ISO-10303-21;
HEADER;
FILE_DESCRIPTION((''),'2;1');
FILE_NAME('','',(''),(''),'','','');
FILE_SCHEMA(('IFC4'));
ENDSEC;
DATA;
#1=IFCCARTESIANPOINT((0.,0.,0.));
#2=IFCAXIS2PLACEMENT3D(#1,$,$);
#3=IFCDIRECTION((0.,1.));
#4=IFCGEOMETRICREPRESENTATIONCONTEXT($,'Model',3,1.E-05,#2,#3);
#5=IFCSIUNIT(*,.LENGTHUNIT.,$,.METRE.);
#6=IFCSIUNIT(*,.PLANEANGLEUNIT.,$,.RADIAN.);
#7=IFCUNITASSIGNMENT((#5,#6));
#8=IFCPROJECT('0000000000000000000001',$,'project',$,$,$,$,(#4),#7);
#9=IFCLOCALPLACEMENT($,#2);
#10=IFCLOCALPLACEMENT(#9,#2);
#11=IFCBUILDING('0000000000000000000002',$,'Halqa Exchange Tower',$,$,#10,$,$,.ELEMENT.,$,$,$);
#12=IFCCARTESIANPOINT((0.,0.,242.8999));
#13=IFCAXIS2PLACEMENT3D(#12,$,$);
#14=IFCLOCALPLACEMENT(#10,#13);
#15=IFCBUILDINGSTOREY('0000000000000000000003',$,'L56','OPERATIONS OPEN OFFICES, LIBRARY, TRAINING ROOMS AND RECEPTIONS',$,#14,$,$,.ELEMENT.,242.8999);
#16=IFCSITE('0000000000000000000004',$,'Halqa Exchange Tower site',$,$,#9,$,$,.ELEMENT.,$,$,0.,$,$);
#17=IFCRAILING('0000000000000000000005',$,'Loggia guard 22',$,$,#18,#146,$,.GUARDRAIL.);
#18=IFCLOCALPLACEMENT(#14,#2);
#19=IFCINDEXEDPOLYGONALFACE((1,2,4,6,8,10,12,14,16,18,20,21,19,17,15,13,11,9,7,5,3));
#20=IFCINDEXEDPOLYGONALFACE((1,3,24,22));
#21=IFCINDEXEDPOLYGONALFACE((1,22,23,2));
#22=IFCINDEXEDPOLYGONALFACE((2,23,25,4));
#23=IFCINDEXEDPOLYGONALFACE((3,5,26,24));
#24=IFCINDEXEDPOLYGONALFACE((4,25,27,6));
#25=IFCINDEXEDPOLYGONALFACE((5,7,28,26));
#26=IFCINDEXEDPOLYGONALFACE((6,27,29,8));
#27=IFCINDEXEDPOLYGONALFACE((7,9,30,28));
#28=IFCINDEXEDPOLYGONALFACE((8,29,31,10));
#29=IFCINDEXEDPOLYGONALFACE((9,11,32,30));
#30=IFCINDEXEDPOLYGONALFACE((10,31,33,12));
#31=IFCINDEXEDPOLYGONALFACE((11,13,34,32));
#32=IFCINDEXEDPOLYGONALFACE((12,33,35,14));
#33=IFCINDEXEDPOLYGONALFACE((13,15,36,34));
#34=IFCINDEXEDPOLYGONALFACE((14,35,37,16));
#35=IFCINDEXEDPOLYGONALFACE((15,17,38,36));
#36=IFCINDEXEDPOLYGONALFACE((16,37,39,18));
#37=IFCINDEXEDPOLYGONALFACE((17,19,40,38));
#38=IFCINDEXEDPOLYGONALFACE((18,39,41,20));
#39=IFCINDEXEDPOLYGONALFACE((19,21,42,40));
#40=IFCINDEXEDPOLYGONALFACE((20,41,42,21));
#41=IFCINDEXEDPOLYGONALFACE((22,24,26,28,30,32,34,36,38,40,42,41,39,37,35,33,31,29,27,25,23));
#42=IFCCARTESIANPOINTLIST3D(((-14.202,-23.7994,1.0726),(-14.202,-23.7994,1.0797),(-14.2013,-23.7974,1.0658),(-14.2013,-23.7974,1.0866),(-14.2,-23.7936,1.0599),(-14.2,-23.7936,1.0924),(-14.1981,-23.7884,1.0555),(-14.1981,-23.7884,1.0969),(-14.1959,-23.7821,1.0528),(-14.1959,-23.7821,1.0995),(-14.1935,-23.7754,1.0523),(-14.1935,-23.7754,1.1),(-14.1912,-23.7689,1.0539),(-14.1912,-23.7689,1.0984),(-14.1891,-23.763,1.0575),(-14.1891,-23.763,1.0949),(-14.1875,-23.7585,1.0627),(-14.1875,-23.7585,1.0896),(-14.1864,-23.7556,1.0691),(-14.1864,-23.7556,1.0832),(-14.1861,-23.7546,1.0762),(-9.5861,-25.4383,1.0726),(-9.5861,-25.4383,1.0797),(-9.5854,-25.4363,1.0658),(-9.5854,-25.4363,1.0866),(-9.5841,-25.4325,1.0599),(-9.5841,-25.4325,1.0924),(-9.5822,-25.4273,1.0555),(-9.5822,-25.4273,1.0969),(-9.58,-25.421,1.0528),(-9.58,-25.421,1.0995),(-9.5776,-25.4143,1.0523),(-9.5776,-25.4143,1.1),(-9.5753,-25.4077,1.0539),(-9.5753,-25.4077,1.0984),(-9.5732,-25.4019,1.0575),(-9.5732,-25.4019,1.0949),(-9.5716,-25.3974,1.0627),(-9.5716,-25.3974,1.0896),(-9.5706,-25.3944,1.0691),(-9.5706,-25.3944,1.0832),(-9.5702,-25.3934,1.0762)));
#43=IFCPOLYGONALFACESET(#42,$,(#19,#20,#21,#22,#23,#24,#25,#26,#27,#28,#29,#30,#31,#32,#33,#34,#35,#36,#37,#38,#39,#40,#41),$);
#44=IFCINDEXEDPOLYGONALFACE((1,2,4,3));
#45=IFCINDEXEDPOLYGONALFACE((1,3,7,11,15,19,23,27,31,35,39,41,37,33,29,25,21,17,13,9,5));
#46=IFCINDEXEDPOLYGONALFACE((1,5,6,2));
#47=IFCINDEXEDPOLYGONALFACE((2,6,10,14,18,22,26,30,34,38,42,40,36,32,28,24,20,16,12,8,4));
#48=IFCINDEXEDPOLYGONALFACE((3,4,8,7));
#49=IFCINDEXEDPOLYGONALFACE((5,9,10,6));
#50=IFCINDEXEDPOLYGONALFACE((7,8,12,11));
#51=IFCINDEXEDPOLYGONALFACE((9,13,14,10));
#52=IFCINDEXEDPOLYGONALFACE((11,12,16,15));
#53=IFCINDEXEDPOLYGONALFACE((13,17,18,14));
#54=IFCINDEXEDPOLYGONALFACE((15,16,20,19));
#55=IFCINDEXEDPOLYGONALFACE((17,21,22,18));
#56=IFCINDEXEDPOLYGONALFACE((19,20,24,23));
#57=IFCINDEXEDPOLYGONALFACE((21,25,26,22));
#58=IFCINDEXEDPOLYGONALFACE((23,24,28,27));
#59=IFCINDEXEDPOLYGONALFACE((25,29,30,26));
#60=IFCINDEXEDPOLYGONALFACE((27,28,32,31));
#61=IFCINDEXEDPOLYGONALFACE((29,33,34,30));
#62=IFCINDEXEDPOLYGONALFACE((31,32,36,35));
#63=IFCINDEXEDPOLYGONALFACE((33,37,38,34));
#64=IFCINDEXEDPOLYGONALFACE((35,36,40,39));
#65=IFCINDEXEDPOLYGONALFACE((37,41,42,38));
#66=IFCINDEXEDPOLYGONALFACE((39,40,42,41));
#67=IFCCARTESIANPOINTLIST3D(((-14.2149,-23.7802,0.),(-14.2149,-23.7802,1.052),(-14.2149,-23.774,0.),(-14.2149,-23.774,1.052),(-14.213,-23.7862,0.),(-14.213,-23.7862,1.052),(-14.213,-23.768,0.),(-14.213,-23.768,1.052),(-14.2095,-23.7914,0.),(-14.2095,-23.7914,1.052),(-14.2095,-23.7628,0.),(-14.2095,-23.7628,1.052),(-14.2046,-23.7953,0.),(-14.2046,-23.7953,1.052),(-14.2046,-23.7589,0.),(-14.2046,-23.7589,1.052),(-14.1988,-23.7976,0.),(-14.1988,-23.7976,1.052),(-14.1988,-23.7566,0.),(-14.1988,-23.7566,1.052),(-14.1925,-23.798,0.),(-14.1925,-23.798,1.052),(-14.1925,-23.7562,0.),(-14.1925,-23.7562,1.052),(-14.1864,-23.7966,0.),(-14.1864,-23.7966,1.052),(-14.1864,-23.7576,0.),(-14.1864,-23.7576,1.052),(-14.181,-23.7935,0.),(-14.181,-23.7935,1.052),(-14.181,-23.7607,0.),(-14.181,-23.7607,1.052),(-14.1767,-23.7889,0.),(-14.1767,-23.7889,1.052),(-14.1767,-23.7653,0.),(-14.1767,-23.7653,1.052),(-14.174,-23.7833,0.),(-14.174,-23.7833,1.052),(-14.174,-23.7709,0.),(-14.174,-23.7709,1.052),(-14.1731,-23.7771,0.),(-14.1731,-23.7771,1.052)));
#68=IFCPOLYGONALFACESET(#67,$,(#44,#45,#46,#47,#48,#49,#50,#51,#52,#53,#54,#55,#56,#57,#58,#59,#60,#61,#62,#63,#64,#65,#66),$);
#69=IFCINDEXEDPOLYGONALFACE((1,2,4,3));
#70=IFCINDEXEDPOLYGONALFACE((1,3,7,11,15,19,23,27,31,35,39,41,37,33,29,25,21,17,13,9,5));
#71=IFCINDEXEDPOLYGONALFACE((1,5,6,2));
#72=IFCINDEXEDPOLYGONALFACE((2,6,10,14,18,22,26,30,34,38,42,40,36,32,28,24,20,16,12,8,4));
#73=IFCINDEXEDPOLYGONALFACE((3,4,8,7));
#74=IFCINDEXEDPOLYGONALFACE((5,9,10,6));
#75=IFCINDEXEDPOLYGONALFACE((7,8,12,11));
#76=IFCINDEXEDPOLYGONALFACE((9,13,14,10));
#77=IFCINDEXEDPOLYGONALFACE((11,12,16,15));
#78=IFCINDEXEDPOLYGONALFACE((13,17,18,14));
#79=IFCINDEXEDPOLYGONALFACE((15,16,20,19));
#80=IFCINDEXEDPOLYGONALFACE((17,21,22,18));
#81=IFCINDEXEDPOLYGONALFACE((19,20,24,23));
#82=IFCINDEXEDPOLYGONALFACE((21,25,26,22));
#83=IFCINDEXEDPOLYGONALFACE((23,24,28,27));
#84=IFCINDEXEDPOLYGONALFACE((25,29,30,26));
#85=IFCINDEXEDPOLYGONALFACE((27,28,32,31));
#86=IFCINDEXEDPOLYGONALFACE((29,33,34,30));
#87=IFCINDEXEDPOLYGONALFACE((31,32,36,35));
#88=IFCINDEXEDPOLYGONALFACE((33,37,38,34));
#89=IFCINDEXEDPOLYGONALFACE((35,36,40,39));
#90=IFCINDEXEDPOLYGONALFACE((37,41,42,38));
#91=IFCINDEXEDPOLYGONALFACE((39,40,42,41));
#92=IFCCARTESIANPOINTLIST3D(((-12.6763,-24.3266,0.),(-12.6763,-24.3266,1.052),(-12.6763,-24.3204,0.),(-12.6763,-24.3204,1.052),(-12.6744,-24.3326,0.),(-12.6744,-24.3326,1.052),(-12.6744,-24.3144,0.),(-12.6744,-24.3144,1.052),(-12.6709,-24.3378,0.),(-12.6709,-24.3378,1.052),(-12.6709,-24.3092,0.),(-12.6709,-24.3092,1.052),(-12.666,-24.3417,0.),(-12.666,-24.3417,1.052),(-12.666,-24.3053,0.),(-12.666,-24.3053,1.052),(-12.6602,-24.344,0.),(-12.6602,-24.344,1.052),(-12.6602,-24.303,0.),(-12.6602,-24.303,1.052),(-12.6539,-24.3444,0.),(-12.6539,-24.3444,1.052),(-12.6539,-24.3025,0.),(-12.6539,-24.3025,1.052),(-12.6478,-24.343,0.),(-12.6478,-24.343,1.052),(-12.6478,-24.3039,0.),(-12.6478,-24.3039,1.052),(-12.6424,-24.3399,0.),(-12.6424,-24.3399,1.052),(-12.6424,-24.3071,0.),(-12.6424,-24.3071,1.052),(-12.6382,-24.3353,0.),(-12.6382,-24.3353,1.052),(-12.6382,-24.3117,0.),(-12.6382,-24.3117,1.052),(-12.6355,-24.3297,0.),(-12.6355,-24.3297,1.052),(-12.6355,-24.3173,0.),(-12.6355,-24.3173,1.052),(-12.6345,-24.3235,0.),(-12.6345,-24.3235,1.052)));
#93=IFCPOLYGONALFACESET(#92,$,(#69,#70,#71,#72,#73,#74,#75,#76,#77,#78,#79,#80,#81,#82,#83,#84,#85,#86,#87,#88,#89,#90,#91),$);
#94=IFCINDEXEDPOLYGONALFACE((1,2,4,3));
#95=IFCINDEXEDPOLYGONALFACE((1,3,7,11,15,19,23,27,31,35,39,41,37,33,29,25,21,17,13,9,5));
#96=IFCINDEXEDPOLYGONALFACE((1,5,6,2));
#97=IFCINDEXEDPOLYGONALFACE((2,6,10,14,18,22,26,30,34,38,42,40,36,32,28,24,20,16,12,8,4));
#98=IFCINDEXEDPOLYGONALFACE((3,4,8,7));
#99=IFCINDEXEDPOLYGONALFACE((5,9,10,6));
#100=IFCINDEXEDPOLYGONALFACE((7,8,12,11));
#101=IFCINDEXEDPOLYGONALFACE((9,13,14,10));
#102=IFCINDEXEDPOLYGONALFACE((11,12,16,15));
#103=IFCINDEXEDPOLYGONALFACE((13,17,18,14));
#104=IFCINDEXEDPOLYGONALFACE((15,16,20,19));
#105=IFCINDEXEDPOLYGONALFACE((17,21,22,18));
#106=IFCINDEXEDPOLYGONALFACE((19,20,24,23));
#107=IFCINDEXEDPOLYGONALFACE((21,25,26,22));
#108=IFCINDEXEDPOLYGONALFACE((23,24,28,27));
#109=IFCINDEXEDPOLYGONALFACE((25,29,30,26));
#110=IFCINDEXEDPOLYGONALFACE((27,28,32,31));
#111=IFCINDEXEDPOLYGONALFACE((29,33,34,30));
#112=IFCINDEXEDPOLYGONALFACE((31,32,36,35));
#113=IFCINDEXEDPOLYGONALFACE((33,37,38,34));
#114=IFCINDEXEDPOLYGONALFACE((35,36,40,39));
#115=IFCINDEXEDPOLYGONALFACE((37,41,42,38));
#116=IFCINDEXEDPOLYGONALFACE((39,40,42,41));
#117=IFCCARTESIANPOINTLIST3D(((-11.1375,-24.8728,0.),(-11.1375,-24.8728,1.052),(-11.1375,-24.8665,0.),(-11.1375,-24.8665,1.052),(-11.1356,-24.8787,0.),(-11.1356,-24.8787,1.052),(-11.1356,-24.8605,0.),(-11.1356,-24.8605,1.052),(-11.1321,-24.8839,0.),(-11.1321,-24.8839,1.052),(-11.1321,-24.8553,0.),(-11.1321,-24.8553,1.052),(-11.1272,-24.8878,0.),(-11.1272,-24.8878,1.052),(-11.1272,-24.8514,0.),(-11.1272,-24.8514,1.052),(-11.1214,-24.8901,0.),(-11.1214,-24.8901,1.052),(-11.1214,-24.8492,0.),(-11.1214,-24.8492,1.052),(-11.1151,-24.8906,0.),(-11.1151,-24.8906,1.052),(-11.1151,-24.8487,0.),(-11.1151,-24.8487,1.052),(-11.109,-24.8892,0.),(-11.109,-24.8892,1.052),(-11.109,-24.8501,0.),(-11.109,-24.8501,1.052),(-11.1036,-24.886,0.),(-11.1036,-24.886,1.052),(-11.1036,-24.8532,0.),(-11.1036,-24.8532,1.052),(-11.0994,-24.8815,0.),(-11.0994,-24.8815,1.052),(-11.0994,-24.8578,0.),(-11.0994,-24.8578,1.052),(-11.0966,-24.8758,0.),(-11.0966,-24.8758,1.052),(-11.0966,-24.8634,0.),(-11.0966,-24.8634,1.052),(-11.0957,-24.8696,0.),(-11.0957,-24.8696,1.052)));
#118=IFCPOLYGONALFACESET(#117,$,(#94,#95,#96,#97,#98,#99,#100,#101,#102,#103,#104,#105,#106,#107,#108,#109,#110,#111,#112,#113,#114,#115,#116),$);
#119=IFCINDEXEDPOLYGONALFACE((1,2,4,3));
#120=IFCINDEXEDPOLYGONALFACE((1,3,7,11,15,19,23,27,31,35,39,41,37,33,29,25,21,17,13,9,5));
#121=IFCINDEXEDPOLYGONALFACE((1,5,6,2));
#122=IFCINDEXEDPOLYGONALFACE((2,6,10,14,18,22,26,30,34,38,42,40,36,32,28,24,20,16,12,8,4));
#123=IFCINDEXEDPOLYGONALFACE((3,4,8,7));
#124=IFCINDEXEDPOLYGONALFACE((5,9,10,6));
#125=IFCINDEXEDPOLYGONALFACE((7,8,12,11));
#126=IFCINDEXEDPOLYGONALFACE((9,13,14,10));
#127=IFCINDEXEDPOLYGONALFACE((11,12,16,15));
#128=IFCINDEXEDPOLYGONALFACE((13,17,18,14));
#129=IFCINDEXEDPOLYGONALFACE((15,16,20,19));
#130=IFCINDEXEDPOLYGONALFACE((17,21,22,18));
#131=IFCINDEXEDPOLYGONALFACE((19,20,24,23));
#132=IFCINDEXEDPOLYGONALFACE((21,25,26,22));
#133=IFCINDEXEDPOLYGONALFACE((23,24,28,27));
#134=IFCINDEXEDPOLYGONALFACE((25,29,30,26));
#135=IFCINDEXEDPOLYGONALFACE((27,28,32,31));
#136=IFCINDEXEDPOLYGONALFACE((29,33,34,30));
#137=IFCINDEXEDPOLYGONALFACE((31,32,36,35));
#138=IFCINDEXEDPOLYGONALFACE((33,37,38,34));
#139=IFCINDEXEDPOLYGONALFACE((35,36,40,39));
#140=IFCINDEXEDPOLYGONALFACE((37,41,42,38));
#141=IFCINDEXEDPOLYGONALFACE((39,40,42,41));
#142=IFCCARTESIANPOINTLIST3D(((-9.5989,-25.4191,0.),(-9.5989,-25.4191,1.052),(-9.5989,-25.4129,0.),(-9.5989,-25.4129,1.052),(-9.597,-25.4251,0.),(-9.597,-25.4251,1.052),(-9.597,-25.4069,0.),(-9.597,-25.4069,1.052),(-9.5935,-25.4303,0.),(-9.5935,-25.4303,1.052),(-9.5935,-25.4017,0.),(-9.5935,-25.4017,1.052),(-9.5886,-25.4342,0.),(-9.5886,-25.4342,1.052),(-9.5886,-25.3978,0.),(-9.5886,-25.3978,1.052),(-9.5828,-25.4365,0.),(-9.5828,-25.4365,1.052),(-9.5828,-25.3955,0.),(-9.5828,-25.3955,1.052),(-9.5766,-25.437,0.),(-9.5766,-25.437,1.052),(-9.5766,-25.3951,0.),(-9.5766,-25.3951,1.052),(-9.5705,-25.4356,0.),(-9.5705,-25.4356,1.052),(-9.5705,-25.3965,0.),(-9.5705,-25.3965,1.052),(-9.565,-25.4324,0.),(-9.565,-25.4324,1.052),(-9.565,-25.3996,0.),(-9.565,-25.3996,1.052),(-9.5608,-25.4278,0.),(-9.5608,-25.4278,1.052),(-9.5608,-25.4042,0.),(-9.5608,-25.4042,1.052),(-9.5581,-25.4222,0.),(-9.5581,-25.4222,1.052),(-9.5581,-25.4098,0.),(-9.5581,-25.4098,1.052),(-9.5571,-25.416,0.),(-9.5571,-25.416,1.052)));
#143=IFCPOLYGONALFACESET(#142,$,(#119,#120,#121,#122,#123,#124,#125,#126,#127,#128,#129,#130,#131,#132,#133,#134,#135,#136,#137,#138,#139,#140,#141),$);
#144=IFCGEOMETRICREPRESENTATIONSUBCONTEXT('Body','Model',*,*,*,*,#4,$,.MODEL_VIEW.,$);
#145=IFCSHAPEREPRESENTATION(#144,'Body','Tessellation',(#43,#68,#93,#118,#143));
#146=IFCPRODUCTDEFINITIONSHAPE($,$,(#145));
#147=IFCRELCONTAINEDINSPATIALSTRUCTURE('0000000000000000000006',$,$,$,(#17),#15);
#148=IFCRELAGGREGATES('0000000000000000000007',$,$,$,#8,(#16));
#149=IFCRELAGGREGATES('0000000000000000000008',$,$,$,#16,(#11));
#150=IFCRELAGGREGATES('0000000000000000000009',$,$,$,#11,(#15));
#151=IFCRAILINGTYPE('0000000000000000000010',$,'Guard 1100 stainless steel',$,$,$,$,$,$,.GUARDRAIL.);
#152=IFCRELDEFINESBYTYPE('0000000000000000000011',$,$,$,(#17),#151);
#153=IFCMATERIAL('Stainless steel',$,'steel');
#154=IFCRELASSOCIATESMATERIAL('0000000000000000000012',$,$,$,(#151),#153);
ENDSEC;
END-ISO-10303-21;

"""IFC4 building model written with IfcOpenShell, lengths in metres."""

from ifc_helpers import new_model, si_unit, direction, frame, origin, origin_2d, place, context, subcontext, project, spatial, circle, extrude, material, type_object, element, save


model = new_model("IFC4")

# Units and contexts
model_context = context("Model", 3, precision=1e-05, world=origin(), true_north=direction((0.0, 1.0)))
body_context = subcontext(model_context, "Body", "Model", "MODEL_VIEW")
ifc_project = project(units=[si_unit("LENGTHUNIT", "METRE"), si_unit("PLANEANGLEUNIT", "RADIAN")], contexts=[model_context])

# Site, building, storey
site_placement = place(None, origin())
site = spatial("IfcSite", under=ifc_project, at=site_placement, Name="Halqa Exchange Tower site", CompositionType="ELEMENT", RefElevation=0.0)
building_placement = place(site_placement, origin())
building = spatial("IfcBuilding", under=site, at=building_placement, Name="Halqa Exchange Tower", CompositionType="ELEMENT")
storey_placement = place(building_placement, frame((0.0, 0.0, 242.8999)))
storey = spatial("IfcBuildingStorey", under=building, at=storey_placement, Name="L56", Description="OPERATIONS OPEN OFFICES, LIBRARY, TRAINING ROOMS AND RECEPTIONS", CompositionType="ELEMENT", Elevation=242.8999)

# Railing
ifc_material_1 = material(Name="Stainless steel", Category="steel")
railing_type = type_object("IfcRailingType", Name="Guard 1100 stainless steel", PredefinedType="GUARDRAIL", material=ifc_material_1)
railing_1_placement = place(storey_placement, frame((-14.1941, -23.7771, 0.0)))
element("IfcRailing", 1, at=railing_1_placement, inside=storey, type_object=railing_type, Name="Loggia guard 22", PredefinedType="GUARDRAIL", context=body_context, shape_type="SweptSolid", body=[
    extrude(circle(Radius=0.0239, at=origin_2d()), frame((0.0, 0.0, 1.0762), z_axis=(0.942364, -0.33459, 0.0), x_axis=(0.33459, 0.942364, 0.0)), (0.0, 0.0, 1.0), 4.8982),
    extrude(circle(Radius=0.021, at=origin_2d()), origin(), (0.0, 0.0, 1.0), 1.052),
    extrude(circle(Radius=0.021, at=origin_2d()), frame((1.5386, -0.5464, 0.0)), (0.0, 0.0, 1.0), 1.052),
    extrude(circle(Radius=0.021, at=origin_2d()), frame((3.0774, -1.0925, 0.0)), (0.0, 0.0, 1.0), 1.052),
    extrude(circle(Radius=0.021, at=origin_2d()), frame((4.616, -1.6389, 0.0)), (0.0, 0.0, 1.0), 1.052),
])

save(model, "model.ifc")
